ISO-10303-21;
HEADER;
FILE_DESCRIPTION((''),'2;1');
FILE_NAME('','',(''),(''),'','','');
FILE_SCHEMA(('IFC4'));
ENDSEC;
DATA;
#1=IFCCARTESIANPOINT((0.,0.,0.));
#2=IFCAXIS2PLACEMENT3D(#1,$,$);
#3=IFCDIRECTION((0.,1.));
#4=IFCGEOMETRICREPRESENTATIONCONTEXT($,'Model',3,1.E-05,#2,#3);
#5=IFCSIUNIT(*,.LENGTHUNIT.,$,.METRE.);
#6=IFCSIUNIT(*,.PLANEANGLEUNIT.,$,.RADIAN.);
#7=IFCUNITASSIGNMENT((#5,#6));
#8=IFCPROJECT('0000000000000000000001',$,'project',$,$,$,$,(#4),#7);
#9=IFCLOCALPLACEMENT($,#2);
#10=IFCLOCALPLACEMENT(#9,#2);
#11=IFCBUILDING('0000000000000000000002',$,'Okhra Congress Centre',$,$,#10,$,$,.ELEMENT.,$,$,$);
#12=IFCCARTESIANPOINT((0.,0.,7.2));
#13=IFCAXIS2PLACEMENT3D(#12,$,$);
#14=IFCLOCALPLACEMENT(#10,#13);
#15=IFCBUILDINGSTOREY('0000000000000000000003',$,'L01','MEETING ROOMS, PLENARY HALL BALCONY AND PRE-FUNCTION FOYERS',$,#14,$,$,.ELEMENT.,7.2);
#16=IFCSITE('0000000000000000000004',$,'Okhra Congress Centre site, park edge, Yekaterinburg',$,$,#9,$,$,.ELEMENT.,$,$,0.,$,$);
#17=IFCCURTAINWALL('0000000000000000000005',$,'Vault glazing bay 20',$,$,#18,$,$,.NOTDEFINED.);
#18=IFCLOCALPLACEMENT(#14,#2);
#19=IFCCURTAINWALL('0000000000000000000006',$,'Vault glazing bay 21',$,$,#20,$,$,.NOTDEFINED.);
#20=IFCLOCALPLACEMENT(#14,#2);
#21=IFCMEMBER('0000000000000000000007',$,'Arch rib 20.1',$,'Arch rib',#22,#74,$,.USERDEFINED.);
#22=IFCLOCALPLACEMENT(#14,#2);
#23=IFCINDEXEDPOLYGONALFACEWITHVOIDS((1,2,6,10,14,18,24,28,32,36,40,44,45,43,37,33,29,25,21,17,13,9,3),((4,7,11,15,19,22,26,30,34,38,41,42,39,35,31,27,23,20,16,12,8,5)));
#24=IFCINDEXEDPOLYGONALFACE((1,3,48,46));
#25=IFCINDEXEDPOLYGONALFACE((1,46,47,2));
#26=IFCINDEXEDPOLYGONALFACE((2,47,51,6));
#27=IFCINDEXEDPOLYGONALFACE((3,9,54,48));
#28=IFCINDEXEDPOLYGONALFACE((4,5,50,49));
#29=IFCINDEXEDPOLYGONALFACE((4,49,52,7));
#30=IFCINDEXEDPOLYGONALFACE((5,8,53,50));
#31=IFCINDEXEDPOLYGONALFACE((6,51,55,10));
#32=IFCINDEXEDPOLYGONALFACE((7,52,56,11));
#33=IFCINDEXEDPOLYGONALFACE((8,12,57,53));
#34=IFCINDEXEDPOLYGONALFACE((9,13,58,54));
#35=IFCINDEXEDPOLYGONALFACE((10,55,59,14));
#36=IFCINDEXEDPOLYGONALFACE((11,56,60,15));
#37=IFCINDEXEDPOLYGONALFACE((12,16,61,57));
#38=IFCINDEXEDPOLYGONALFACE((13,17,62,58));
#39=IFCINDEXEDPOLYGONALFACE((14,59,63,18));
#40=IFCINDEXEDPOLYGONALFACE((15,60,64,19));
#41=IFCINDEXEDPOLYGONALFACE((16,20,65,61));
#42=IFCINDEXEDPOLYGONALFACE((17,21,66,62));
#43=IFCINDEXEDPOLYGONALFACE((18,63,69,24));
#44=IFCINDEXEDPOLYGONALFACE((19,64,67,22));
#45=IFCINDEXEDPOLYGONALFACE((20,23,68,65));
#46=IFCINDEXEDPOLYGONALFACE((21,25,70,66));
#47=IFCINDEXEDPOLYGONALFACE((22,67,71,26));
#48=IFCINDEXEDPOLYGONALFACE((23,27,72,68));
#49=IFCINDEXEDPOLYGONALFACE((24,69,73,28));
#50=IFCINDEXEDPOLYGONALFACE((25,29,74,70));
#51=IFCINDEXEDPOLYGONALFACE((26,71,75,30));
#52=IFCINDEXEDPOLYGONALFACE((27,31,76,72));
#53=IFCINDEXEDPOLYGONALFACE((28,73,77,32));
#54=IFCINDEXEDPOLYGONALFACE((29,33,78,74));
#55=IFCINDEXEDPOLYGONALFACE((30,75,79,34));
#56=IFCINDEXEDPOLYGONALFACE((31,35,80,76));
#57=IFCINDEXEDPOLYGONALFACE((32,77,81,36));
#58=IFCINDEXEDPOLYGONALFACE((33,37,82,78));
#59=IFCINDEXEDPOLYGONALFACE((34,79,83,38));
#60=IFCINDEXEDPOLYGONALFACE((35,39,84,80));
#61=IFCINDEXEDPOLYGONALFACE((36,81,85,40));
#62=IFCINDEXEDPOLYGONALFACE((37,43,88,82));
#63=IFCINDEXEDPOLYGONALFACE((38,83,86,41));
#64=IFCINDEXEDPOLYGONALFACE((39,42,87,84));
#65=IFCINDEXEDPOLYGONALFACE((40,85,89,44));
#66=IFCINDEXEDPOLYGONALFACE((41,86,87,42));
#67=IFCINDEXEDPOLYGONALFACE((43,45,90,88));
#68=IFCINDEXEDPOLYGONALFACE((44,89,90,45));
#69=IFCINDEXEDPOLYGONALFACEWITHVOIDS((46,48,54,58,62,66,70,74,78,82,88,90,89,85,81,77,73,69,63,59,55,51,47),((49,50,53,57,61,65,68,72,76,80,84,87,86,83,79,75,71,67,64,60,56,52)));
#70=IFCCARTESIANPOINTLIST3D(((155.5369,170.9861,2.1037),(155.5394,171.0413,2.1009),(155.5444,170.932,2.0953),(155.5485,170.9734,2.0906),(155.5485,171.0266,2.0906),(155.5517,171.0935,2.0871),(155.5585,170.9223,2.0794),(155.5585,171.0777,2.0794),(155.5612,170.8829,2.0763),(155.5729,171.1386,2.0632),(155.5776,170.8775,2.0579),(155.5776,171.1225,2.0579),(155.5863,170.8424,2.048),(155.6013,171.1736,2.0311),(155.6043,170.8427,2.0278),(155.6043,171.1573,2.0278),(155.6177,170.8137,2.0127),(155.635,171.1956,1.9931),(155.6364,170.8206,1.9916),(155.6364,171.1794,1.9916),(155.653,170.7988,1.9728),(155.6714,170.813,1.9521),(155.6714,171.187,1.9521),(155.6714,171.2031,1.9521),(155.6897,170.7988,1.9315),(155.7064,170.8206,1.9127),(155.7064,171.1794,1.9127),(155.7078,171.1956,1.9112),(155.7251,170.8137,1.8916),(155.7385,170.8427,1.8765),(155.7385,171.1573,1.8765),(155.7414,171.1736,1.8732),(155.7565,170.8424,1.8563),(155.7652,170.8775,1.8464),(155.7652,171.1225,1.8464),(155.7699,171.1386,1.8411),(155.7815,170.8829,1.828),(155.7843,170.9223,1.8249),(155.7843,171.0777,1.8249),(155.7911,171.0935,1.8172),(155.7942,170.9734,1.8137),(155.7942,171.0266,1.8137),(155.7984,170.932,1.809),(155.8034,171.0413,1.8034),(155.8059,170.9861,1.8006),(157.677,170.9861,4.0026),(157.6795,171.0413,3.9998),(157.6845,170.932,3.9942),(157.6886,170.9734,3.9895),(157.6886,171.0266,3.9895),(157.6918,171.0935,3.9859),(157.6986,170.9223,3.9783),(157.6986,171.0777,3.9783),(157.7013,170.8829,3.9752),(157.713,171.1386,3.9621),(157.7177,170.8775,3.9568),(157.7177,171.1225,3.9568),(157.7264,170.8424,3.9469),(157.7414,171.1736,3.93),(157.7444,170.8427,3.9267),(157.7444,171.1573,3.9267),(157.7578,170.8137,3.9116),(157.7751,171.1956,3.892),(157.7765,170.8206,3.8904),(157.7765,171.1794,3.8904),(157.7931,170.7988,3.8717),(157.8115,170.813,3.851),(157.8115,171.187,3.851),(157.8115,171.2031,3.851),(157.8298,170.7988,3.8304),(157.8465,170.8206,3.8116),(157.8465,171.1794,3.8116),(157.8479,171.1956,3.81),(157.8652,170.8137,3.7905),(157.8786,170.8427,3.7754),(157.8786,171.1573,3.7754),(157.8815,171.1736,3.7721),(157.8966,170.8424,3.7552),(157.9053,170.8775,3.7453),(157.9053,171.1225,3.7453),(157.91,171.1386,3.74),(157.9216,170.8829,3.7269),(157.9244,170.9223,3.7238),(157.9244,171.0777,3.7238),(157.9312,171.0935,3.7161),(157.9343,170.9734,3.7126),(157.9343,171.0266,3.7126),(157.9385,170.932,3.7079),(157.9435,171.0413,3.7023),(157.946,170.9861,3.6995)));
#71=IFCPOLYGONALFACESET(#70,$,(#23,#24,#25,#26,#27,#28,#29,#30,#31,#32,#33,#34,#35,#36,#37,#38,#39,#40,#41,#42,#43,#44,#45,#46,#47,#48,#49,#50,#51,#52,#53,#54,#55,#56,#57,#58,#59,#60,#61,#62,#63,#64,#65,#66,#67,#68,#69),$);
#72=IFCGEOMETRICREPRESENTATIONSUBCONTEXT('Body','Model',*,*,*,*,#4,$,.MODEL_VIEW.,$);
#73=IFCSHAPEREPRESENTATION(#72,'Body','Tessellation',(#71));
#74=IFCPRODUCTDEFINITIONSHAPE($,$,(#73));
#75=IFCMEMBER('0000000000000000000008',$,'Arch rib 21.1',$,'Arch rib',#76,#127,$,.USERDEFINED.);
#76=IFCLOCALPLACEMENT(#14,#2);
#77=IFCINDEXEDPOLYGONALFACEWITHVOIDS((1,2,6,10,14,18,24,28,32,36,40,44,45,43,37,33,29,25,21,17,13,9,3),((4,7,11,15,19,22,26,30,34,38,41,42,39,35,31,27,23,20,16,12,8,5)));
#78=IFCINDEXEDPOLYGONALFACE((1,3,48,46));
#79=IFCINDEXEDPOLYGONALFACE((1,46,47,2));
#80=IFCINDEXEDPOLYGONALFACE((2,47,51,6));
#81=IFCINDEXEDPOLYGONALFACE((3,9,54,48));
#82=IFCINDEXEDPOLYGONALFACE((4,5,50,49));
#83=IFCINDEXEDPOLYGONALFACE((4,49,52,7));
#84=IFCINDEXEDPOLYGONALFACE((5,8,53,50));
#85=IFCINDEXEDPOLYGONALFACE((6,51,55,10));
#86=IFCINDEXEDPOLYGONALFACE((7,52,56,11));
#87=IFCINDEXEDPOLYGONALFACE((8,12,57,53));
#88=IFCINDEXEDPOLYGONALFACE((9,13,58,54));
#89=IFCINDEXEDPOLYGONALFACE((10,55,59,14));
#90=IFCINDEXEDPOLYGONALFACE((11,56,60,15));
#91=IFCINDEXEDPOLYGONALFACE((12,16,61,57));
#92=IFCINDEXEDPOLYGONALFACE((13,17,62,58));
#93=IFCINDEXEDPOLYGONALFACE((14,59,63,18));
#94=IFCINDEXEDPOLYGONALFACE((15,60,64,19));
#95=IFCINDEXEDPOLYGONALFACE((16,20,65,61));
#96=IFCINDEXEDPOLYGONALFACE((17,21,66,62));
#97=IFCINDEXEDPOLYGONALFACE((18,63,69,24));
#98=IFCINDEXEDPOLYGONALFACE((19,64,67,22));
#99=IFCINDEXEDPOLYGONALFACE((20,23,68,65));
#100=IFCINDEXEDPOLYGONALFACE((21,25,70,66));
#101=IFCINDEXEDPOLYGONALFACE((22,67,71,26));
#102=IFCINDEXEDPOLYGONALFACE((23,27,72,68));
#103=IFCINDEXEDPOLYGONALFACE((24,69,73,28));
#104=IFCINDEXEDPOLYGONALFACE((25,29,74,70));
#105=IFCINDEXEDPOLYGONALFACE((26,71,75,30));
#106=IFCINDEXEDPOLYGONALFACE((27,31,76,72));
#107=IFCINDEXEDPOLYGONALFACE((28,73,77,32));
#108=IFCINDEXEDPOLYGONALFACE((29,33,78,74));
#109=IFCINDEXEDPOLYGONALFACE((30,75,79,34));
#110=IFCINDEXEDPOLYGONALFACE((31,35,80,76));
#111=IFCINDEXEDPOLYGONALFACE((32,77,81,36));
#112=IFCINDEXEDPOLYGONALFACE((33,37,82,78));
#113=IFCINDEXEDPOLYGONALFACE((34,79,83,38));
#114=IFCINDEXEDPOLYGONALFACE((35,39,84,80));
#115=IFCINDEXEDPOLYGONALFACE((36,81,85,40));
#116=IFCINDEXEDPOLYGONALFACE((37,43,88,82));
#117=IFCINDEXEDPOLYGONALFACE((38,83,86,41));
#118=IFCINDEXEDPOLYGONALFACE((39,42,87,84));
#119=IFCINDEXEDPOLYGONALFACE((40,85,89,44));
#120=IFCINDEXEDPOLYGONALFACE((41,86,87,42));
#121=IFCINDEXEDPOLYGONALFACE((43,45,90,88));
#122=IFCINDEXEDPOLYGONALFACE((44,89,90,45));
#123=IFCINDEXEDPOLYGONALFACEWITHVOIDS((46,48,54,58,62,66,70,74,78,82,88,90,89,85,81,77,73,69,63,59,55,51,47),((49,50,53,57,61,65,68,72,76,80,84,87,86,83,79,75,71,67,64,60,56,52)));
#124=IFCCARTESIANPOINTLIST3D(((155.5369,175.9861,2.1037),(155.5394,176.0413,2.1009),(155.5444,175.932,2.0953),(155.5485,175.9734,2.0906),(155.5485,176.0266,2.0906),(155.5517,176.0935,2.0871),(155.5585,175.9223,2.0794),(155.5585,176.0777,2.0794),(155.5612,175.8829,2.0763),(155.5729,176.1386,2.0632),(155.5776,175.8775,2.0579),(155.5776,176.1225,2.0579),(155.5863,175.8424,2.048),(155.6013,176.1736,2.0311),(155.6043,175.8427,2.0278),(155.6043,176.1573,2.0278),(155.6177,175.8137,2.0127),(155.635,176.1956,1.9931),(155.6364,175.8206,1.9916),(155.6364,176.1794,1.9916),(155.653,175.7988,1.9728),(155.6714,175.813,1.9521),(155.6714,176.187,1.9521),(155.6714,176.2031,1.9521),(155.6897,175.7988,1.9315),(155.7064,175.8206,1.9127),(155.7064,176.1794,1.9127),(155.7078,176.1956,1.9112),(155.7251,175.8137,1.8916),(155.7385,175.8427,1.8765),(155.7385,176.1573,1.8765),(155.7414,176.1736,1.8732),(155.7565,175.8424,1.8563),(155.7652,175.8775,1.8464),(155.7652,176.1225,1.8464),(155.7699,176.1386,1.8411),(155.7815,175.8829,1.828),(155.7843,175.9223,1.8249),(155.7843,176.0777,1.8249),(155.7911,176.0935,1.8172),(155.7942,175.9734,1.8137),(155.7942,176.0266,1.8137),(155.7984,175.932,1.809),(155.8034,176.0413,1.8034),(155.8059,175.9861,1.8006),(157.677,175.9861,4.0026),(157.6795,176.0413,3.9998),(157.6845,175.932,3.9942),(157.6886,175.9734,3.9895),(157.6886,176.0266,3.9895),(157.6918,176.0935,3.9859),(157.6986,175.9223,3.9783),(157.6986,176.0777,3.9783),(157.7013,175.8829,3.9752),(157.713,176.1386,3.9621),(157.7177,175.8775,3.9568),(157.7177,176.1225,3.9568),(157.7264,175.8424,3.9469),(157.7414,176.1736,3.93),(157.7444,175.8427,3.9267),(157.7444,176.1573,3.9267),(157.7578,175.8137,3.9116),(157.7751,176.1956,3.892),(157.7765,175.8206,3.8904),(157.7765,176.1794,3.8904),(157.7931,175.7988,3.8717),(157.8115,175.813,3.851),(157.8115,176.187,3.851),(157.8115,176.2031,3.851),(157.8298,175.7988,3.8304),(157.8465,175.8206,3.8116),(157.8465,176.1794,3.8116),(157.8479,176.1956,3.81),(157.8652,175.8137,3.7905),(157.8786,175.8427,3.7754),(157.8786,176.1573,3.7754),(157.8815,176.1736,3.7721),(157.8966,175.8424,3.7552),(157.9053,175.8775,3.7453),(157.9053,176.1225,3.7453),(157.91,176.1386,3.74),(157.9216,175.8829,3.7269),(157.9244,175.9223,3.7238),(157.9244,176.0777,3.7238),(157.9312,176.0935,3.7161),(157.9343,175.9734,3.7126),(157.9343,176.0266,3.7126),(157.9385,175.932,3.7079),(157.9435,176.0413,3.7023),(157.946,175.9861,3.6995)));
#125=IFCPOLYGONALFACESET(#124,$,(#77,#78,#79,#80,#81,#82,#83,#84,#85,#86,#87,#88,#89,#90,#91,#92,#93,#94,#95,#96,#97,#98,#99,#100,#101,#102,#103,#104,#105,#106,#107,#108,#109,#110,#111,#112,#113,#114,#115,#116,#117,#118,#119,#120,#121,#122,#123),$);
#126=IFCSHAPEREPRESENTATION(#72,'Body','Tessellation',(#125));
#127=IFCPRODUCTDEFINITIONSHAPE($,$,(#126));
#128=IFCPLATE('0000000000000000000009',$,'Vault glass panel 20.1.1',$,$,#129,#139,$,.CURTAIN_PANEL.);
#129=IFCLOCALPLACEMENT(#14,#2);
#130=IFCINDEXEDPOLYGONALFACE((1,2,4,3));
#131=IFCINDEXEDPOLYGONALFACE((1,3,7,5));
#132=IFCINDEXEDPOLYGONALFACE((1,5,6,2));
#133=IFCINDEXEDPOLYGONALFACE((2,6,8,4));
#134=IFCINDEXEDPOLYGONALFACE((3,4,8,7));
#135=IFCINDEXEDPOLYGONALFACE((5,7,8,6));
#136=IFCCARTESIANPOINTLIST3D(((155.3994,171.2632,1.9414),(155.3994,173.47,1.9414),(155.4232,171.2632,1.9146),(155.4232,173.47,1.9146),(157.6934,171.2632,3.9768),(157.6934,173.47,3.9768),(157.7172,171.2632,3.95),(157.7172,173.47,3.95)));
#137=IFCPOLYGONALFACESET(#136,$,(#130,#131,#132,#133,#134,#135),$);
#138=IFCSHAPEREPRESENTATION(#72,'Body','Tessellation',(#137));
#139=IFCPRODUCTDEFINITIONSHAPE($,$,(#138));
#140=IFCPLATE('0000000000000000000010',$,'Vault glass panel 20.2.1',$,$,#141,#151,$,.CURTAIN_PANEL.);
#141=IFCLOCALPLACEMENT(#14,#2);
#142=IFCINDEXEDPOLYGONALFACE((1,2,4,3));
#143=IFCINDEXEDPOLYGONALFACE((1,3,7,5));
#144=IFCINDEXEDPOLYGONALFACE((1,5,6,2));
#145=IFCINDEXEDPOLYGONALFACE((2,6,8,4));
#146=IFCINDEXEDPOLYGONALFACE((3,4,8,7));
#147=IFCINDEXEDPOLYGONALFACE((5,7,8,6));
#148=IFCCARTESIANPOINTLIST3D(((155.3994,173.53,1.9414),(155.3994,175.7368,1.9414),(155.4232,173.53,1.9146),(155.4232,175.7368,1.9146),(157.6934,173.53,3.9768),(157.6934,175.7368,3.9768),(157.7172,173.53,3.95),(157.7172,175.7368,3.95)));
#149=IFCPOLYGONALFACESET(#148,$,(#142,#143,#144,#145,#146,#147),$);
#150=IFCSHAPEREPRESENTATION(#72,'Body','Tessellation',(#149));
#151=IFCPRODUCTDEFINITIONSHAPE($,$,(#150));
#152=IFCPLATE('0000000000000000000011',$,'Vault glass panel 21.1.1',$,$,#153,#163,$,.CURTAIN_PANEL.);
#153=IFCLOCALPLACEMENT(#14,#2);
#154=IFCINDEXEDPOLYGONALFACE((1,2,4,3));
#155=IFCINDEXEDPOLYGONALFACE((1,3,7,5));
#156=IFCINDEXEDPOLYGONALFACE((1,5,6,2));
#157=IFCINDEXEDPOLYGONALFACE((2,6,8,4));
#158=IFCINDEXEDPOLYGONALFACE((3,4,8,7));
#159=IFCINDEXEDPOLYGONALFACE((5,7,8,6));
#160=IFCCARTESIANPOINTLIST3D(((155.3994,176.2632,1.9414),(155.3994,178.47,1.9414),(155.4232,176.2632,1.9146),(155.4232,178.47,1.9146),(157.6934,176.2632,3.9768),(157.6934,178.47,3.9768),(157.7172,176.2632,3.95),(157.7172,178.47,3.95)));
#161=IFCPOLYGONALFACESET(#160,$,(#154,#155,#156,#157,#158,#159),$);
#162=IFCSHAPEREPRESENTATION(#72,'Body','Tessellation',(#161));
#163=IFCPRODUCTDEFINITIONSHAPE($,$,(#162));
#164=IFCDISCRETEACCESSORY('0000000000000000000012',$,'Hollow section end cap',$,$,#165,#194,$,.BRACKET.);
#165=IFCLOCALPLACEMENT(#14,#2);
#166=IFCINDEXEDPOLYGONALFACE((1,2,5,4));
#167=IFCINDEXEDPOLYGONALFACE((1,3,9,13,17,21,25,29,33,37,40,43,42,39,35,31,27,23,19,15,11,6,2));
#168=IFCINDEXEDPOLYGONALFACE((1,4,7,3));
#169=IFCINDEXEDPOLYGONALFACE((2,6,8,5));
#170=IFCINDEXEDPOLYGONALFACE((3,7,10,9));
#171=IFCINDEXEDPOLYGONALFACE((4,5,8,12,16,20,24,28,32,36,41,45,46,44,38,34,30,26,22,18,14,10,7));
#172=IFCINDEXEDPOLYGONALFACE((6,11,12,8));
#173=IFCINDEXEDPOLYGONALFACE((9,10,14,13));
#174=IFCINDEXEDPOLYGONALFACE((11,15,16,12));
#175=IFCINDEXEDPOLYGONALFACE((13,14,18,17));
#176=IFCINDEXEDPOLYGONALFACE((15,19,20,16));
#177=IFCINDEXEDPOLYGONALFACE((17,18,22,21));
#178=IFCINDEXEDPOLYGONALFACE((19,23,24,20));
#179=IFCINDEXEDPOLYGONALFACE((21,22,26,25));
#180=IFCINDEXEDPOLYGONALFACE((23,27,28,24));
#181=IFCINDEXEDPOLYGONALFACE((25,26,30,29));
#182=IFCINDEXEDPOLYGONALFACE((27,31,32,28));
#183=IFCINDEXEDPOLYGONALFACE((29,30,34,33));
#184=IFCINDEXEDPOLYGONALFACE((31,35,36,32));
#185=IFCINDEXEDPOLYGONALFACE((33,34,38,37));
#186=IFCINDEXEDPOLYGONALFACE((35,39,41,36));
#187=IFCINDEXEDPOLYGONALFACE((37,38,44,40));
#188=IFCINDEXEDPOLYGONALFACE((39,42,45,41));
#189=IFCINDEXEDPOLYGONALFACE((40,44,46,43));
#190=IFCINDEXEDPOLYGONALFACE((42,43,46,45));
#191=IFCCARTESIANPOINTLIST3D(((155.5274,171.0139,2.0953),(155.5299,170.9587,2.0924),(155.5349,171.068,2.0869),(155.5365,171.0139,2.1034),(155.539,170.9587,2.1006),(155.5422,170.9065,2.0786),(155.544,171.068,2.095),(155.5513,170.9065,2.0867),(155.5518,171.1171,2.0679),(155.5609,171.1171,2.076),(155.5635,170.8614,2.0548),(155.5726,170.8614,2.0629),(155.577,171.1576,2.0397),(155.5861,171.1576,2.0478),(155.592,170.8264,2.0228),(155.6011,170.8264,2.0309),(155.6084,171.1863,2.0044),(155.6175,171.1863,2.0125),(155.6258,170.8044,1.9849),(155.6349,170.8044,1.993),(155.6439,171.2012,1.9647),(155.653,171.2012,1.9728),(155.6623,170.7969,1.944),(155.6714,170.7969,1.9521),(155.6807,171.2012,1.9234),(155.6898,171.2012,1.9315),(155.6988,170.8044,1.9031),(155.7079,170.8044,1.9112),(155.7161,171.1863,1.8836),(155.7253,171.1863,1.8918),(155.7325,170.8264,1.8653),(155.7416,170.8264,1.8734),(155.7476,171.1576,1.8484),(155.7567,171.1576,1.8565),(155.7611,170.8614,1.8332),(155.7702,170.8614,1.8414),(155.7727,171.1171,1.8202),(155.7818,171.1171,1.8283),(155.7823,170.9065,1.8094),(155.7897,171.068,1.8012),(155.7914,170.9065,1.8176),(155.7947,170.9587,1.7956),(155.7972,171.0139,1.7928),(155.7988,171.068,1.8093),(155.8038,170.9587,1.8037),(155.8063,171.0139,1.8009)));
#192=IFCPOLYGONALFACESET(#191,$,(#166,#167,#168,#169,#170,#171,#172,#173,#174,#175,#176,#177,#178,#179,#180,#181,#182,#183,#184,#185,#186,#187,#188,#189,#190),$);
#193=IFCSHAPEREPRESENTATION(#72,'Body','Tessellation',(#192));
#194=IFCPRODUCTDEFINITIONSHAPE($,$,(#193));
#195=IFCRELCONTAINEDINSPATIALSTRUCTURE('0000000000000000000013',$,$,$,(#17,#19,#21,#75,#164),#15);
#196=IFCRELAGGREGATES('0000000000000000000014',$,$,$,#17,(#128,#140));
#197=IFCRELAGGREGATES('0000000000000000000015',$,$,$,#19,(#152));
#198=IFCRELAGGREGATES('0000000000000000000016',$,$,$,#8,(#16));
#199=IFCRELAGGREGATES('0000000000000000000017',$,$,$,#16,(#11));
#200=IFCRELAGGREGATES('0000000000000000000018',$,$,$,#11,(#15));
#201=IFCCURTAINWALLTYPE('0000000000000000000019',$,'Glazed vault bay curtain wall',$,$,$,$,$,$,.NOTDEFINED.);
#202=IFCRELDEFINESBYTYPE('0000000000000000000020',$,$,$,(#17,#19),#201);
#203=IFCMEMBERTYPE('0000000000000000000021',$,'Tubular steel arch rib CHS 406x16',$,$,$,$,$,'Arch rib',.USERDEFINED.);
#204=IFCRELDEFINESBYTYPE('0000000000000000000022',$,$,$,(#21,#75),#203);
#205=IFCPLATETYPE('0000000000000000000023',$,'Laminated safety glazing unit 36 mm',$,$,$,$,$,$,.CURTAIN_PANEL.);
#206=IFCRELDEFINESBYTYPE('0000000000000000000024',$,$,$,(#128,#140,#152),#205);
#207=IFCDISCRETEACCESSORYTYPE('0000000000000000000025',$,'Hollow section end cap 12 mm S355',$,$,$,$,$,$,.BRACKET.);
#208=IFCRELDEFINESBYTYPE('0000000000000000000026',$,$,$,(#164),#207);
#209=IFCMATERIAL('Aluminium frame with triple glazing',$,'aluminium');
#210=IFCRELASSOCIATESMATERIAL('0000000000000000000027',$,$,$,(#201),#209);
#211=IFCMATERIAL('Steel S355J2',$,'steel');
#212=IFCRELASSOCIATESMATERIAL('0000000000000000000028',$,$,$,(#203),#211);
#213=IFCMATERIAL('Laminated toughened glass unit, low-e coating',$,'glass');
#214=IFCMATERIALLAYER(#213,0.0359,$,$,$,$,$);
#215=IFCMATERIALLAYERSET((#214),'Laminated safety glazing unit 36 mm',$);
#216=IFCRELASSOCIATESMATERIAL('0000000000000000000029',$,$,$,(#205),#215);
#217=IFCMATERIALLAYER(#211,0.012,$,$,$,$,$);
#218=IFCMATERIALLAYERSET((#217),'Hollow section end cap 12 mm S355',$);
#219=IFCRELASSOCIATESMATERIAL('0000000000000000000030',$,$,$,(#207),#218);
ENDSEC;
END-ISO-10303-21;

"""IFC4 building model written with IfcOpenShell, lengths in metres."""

from ifc_helpers import new_model, si_unit, direction, frame, origin, origin_2d, place, context, subcontext, project, spatial, polyline, circle, hollow_circle, outline, extrude, material, layer, layer_set, material_profile, profile_set, type_object, element, aggregate, save


model = new_model("IFC4")

# Units and contexts
model_context = context("Model", 3, precision=1e-05, world=origin(), true_north=direction((0.0, 1.0)))
body_context = subcontext(model_context, "Body", "Model", "MODEL_VIEW")
ifc_project = project(units=[si_unit("LENGTHUNIT", "METRE"), si_unit("PLANEANGLEUNIT", "RADIAN")], contexts=[model_context])

# Site, building, storey
site_placement = place(None, origin())
site = spatial("IfcSite", under=ifc_project, at=site_placement, Name="Okhra Congress Centre site, park edge, Yekaterinburg", CompositionType="ELEMENT", RefElevation=0.0)
building_placement = place(site_placement, origin())
building = spatial("IfcBuilding", under=site, at=building_placement, Name="Okhra Congress Centre", CompositionType="ELEMENT")
storey_placement = place(building_placement, frame((0.0, 0.0, 7.2)))
storey = spatial("IfcBuildingStorey", under=building, at=storey_placement, Name="L01", Description="MEETING ROOMS, PLENARY HALL BALCONY AND PRE-FUNCTION FOYERS", CompositionType="ELEMENT", Elevation=7.2)

# Shared definitions
ifc_material_1 = material(Name="Aluminium frame with triple glazing", Category="aluminium")
curtain_wall_type = type_object("IfcCurtainWallType", Name="Glazed vault bay curtain wall", PredefinedType="NOTDEFINED", material=ifc_material_1)

# Curtain wall
curtain_wall_1_placement = place(storey_placement, origin())
curtain_wall_1 = element("IfcCurtainWall", 1, at=curtain_wall_1_placement, inside=storey, type_object=curtain_wall_type, Name="Vault glazing bay 20", PredefinedType="NOTDEFINED")

# Curtain wall
curtain_wall_2_placement = place(storey_placement, origin())
curtain_wall_2 = element("IfcCurtainWall", 2, at=curtain_wall_2_placement, inside=storey, type_object=curtain_wall_type, Name="Vault glazing bay 21", PredefinedType="NOTDEFINED")

# Shared definitions
ifc_material_2 = material(Name="Steel S355J2", Category="steel")

# Members
ifc_material_profile_1 = material_profile(ifc_material_2, hollow_circle(Radius=0.2031, WallThickness=0.0161, at=origin_2d()), Name="CHS 406.4x16")
ifc_profile_set_1 = profile_set([ifc_material_profile_1], Name="Steel S355J2")
member_type_1 = type_object("IfcMemberType", Name="Tubular steel arch rib CHS 406x16", ElementType="Arch rib", PredefinedType="USERDEFINED", material=ifc_profile_set_1)
for number, where, z_axis, x_axis, name in (
    (3, (155.6714, 171.0, 1.9521), (0.748002, 0.0, 0.663696), (0.0, 1.0, 0.0), "Arch rib 20.1"),
    (4, (155.6714, 176.0, 1.9521), (0.748002, 0.0, 0.663696), (0.0, 1.0, 0.0), "Arch rib 21.1"),
):
    element("IfcMember", number, at=place(storey_placement, frame(where, z_axis=z_axis, x_axis=x_axis)), inside=storey, type_object=member_type_1, Name=name, ObjectType="Arch rib", PredefinedType="USERDEFINED", context=body_context, shape_type="SweptSolid", body=[
        extrude(hollow_circle(Radius=0.2031, WallThickness=0.0161, at=origin_2d()), origin(), (0.0, 0.0, 1.0), 2.8611),
    ])

# Plates
ifc_material_3 = material(Name="Laminated toughened glass unit, low-e coating", Category="glass")
ifc_layer_1 = layer(ifc_material_3, 0.0359)
ifc_layer_set_1 = layer_set([ifc_layer_1], Name="Laminated safety glazing unit 36 mm")
plate_type = type_object("IfcPlateType", Name="Laminated safety glazing unit 36 mm", PredefinedType="CURTAIN_PANEL", material=ifc_layer_set_1)
plate_1_placement = place(storey_placement, frame((155.3994, 171.2632, 1.9414), z_axis=(-0.663697, 0.0, 0.748002), x_axis=(0.748002, 0.0, 0.663697)))
plate_1 = element("IfcPlate", 5, at=plate_1_placement, type_object=plate_type, Name="Vault glass panel 20.1.1", PredefinedType="CURTAIN_PANEL", context=body_context, shape_type="SweptSolid", body=[
    extrude(outline(polyline([(0.0, 0.0), (3.0668, 0.0), (3.0668, 2.2068), (0.0, 2.2068), (0.0, 0.0)])), origin(), (0.0, 0.0, -1.0), 0.0359),
])
plate_2_placement = place(storey_placement, frame((155.3994, 173.53, 1.9414), z_axis=(-0.663697, 0.0, 0.748002), x_axis=(0.748002, 0.0, 0.663697)))
plate_2 = element("IfcPlate", 6, at=plate_2_placement, type_object=plate_type, Name="Vault glass panel 20.2.1", PredefinedType="CURTAIN_PANEL", context=body_context, shape_type="SweptSolid", body=[
    extrude(outline(polyline([(0.0, 0.0), (3.0668, 0.0), (3.0668, 2.2068), (0.0, 2.2068), (0.0, 0.0)])), origin(), (0.0, 0.0, -1.0), 0.0359),
])
aggregate(curtain_wall_1, [plate_1, plate_2])
plate_3_placement = place(storey_placement, frame((155.3994, 176.2632, 1.9414), z_axis=(-0.663697, 0.0, 0.748002), x_axis=(0.748002, 0.0, 0.663697)))
plate_3 = element("IfcPlate", 7, at=plate_3_placement, type_object=plate_type, Name="Vault glass panel 21.1.1", PredefinedType="CURTAIN_PANEL", context=body_context, shape_type="SweptSolid", body=[
    extrude(outline(polyline([(0.0, 0.0), (3.0668, 0.0), (3.0668, 2.2068), (0.0, 2.2068), (0.0, 0.0)])), origin(), (0.0, 0.0, -1.0), 0.0359),
])
aggregate(curtain_wall_2, [plate_3])

# Discrete accessory
ifc_layer_2 = layer(ifc_material_2, 0.012)
ifc_layer_set_2 = layer_set([ifc_layer_2], Name="Hollow section end cap 12 mm S355")
discrete_accessory_type_1 = type_object("IfcDiscreteAccessoryType", Name="Hollow section end cap 12 mm S355", PredefinedType="BRACKET", material=ifc_layer_set_2)
for number, where, z_axis, x_axis, name in (
    (8, (155.6714, 171.0, 1.9521), (-0.746295, 0.0, -0.665615), (0.0, -1.0, 0.0), "Hollow section end cap"),
):
    element("IfcDiscreteAccessory", number, at=place(storey_placement, frame(where, z_axis=z_axis, x_axis=x_axis)), inside=storey, type_object=discrete_accessory_type_1, Name=name, PredefinedType="BRACKET", context=body_context, shape_type="SweptSolid", body=[
        extrude(circle(Radius=0.2031, at=origin_2d()), origin(), (0.0, 0.0, 1.0), 0.0122),
    ])

save(model, "model.ifc")
